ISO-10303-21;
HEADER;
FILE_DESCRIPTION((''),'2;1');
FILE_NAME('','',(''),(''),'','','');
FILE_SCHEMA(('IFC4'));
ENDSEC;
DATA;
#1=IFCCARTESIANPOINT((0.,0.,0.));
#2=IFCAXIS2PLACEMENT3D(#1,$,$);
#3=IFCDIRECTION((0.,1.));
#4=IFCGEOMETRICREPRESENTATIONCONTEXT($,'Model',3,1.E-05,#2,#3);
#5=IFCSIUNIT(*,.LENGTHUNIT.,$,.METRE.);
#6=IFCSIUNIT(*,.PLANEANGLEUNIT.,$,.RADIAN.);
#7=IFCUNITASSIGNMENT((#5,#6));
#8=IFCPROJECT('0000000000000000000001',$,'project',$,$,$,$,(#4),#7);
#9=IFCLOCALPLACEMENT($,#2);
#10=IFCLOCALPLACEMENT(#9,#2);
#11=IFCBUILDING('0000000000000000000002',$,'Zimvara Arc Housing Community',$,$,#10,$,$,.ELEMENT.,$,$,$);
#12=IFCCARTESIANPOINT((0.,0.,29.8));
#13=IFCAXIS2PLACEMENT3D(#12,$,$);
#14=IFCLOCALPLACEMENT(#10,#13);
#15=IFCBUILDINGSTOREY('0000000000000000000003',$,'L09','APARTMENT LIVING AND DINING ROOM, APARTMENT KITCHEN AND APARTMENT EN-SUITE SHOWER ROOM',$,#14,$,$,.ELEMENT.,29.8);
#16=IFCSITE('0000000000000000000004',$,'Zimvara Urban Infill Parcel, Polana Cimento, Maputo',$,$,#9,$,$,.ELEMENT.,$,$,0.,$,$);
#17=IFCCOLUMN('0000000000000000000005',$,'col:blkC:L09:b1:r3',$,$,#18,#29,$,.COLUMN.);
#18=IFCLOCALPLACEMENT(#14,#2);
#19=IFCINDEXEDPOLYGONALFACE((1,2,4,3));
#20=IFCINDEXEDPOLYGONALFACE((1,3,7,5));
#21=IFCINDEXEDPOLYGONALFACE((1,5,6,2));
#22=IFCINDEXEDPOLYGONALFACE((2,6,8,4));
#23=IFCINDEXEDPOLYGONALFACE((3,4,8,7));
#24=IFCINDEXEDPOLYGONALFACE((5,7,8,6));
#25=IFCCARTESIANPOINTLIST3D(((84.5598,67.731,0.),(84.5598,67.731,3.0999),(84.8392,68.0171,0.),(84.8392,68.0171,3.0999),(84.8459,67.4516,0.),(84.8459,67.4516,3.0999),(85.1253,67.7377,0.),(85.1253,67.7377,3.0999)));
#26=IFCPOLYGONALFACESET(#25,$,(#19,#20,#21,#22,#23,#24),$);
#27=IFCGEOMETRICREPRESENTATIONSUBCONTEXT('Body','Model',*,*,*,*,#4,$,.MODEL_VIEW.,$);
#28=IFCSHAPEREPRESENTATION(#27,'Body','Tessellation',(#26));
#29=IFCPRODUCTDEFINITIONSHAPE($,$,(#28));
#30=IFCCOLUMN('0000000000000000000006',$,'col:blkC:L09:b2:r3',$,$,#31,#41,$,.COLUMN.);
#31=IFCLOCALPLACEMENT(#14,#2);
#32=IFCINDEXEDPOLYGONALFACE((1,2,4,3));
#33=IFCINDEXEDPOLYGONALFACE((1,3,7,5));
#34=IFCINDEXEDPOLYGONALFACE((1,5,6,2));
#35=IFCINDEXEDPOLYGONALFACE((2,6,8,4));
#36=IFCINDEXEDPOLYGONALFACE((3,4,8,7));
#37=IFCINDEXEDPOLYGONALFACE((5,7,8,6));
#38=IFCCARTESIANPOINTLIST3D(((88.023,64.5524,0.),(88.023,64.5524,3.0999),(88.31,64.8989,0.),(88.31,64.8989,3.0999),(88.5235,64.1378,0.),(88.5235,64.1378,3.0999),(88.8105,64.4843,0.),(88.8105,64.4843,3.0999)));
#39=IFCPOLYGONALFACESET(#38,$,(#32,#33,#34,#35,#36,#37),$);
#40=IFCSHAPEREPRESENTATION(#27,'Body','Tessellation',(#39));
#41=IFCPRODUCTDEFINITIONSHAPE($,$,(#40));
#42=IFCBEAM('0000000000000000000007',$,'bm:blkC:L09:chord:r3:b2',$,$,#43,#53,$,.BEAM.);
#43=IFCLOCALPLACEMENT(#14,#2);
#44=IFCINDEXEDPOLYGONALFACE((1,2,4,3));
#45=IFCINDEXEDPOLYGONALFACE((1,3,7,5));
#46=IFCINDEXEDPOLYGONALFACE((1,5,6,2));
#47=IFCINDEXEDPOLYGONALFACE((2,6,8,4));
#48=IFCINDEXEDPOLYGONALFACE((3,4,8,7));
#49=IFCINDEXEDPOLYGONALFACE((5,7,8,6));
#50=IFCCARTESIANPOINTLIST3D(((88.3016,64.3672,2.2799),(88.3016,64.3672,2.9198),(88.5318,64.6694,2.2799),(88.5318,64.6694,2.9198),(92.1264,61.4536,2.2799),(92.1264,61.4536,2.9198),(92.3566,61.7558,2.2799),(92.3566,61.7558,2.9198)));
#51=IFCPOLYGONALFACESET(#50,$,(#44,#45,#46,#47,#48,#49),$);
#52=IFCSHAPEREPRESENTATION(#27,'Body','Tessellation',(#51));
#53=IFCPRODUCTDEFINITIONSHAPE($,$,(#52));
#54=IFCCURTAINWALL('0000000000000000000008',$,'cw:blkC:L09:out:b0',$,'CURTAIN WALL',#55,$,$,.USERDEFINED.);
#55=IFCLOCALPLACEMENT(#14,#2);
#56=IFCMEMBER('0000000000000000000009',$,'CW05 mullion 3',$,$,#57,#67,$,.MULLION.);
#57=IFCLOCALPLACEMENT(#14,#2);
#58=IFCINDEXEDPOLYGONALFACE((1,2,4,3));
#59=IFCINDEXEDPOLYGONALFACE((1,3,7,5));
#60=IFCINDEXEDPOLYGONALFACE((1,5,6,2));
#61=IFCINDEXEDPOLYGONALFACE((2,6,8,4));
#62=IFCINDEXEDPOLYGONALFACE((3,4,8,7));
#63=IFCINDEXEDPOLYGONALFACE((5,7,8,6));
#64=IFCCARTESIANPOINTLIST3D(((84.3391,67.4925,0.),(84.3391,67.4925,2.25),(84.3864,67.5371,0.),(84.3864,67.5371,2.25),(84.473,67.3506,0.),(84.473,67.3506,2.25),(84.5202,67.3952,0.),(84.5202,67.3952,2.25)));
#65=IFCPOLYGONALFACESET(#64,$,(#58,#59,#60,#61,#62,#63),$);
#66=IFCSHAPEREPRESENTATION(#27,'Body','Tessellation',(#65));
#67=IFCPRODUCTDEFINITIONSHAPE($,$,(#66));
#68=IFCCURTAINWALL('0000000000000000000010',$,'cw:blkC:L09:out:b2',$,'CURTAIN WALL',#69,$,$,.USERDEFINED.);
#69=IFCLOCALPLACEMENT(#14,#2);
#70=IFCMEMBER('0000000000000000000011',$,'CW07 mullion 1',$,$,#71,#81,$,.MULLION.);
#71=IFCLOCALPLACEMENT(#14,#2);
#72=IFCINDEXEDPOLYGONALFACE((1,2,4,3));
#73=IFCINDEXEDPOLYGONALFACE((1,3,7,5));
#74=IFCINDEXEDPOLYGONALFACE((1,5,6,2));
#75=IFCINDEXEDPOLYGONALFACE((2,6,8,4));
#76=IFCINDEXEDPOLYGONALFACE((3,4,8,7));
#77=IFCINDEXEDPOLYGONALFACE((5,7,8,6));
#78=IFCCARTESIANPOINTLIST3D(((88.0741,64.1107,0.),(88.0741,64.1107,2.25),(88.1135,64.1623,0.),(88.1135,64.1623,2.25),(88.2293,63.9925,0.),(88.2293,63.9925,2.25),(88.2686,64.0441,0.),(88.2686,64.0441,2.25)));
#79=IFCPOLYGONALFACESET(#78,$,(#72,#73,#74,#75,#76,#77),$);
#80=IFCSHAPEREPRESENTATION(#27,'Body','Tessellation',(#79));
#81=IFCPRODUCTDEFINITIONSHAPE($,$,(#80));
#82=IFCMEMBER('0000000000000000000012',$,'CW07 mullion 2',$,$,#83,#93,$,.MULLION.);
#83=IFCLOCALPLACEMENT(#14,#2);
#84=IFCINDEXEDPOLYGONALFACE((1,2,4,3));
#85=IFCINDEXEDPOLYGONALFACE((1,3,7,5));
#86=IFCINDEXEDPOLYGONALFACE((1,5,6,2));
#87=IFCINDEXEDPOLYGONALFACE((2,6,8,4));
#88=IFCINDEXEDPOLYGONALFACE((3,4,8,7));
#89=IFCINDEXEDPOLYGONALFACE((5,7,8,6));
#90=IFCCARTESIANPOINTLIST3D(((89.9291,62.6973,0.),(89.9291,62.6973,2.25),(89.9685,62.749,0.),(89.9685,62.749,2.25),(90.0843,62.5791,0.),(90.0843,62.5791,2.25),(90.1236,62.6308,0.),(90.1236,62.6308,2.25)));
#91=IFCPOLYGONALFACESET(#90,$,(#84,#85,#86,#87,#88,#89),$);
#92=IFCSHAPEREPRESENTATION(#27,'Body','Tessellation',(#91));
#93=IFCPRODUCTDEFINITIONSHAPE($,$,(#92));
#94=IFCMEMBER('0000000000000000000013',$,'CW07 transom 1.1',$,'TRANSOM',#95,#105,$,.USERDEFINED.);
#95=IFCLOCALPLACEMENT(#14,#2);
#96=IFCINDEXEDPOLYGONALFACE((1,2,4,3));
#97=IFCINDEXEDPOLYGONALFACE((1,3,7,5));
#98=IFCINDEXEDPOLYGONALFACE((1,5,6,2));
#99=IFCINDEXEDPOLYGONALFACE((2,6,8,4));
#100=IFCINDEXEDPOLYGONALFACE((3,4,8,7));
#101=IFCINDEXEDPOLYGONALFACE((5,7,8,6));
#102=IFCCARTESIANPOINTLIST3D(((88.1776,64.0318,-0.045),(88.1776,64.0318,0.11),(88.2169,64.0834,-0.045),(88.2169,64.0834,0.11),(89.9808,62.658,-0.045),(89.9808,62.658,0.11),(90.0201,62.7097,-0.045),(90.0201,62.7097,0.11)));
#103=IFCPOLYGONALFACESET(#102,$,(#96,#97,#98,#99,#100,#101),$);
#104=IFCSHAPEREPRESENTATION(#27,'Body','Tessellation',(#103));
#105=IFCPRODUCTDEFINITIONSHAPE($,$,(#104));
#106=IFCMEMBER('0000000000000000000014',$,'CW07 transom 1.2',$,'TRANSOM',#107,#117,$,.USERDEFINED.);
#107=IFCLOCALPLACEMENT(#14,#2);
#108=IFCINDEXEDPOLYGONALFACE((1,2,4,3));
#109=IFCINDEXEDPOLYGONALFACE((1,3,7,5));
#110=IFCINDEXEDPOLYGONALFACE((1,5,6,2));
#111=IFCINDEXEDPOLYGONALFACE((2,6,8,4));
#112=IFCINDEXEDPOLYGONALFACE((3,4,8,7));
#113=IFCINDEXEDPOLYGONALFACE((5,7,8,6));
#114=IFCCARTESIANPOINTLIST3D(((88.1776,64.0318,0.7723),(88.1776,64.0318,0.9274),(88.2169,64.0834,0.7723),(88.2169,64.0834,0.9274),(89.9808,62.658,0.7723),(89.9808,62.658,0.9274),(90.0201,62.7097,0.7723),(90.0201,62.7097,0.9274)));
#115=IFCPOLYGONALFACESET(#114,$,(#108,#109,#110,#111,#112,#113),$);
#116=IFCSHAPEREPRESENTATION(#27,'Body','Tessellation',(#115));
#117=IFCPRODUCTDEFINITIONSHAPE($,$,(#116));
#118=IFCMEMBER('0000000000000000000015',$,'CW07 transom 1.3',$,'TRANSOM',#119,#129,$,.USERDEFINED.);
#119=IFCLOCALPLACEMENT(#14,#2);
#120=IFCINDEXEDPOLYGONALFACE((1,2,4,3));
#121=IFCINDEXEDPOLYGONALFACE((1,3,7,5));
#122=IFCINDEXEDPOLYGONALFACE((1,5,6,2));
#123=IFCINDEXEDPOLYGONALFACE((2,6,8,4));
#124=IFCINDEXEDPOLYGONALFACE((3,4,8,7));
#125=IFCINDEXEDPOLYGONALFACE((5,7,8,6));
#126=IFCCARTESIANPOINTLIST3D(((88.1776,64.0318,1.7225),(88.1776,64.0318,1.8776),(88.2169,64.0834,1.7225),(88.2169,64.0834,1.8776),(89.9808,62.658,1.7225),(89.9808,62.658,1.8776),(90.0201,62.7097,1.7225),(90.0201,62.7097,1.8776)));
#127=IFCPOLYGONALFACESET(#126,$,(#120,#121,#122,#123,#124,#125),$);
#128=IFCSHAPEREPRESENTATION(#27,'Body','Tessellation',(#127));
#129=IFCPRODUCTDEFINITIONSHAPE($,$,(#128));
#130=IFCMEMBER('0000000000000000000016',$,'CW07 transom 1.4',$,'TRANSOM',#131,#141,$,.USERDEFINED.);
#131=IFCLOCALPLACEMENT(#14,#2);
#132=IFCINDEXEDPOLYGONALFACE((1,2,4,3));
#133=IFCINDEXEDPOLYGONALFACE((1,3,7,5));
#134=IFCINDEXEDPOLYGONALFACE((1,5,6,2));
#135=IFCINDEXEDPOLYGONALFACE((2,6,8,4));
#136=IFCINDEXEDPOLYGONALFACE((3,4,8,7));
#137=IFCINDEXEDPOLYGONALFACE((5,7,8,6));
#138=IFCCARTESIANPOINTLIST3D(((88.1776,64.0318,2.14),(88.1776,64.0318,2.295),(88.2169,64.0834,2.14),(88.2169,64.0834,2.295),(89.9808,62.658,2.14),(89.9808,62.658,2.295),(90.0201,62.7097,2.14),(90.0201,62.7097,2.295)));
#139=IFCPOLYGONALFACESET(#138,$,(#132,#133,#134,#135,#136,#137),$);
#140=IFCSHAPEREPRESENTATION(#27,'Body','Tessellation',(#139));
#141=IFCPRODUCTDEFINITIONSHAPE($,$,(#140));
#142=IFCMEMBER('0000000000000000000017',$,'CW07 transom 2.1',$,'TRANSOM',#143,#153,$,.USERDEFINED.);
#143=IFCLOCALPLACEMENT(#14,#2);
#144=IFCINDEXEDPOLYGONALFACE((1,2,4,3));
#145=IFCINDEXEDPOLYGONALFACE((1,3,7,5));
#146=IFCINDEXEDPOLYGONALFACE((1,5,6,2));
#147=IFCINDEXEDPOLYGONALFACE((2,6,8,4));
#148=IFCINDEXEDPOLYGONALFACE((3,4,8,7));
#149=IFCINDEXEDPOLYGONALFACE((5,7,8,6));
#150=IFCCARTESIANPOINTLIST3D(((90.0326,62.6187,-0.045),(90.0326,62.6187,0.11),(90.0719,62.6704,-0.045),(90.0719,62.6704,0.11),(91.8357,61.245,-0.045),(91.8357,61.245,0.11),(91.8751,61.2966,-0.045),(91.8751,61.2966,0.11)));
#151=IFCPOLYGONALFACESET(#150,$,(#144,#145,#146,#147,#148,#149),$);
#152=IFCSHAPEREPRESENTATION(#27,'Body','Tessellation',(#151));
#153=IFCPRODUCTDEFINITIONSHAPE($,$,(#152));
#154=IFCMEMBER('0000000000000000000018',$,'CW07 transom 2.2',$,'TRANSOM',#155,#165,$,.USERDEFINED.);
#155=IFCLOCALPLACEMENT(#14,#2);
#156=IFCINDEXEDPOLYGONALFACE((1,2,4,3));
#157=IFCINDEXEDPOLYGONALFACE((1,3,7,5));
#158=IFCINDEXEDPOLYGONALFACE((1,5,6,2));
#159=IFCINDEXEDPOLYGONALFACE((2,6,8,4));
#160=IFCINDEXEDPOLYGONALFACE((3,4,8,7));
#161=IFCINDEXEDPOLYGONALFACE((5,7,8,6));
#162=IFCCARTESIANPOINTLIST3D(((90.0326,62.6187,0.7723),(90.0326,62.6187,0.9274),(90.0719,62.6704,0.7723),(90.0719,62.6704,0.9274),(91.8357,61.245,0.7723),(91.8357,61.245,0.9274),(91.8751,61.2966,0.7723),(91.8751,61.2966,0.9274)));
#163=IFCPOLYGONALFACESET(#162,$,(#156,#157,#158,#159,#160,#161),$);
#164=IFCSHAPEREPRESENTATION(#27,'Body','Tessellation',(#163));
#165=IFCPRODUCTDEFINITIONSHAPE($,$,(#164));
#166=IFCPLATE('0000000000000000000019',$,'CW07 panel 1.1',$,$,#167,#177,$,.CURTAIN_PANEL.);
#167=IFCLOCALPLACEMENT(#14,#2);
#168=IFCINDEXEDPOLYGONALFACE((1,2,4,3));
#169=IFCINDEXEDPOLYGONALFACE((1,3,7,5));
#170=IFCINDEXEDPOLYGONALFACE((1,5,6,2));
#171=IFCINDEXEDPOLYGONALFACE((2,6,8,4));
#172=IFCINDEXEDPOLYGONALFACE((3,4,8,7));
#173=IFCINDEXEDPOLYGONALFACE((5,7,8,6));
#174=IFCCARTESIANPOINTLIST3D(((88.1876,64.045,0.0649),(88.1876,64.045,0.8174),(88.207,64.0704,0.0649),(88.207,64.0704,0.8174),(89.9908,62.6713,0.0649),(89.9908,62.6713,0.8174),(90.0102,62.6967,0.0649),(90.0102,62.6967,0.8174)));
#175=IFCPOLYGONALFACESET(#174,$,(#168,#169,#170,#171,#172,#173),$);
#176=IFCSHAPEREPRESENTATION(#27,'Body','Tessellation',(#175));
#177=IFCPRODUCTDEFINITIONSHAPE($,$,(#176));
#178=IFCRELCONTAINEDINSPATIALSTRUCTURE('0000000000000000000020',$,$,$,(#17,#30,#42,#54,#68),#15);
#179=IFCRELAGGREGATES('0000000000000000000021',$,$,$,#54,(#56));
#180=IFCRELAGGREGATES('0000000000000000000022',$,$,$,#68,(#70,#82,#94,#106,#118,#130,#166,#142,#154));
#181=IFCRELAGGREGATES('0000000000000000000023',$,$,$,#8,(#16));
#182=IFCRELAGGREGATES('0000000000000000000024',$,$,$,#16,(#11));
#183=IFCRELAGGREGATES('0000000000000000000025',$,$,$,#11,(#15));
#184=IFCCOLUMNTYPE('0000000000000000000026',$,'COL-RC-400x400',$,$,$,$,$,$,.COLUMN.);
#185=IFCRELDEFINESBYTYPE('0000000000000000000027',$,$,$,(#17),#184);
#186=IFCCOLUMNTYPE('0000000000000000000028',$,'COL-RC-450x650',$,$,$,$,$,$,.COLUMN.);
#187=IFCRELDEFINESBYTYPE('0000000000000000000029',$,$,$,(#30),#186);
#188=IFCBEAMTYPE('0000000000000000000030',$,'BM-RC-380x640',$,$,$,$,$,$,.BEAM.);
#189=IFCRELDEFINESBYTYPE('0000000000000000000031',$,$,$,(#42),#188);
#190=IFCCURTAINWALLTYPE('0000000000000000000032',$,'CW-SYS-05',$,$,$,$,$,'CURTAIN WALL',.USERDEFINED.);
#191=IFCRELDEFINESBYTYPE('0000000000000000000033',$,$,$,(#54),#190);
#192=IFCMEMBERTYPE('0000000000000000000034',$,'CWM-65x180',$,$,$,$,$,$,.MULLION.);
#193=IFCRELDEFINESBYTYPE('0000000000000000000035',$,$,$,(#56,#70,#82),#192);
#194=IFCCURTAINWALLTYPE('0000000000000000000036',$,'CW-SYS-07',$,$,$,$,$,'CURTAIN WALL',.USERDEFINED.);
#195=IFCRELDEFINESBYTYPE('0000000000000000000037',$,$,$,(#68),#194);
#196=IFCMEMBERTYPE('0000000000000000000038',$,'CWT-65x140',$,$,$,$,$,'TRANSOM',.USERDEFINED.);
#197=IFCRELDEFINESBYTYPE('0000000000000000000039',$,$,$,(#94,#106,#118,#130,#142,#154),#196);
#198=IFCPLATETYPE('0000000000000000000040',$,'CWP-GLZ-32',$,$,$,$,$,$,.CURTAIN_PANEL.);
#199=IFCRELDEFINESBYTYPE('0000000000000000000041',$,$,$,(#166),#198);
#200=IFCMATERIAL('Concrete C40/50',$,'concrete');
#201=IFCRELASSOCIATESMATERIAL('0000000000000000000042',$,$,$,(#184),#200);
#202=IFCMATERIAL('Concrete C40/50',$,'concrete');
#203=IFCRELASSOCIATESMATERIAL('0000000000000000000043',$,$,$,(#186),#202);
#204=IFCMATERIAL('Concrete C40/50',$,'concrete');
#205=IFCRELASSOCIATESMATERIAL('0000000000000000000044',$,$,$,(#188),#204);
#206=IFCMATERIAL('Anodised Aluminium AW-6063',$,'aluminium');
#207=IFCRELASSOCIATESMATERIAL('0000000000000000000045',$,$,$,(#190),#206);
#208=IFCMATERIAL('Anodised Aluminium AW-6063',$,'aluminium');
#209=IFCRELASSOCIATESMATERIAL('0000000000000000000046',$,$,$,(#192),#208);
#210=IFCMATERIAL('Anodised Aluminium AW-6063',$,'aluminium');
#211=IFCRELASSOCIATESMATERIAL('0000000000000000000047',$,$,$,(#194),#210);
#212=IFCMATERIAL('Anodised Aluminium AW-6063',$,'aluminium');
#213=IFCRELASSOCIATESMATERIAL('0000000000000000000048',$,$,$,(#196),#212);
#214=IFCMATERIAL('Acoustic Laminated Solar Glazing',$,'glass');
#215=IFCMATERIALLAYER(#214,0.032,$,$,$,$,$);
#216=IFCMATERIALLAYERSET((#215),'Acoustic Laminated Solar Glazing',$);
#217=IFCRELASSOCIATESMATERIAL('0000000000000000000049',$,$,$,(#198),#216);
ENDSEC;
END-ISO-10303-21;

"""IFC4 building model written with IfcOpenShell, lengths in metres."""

from ifc_helpers import new_model, si_unit, direction, frame, origin, origin_2d, place, context, subcontext, project, spatial, rectangle, extrude, material, layer, layer_set, material_profile, profile_set, type_object, element, aggregate, save


model = new_model("IFC4")

# Units and contexts
model_context = context("Model", 3, precision=1e-05, world=origin(), true_north=direction((0.0, 1.0)))
body_context = subcontext(model_context, "Body", "Model", "MODEL_VIEW")
ifc_project = project(units=[si_unit("LENGTHUNIT", "METRE"), si_unit("PLANEANGLEUNIT", "RADIAN")], contexts=[model_context])

# Site, building, storey
site_placement = place(None, origin())
site = spatial("IfcSite", under=ifc_project, at=site_placement, Name="Zimvara Urban Infill Parcel, Polana Cimento, Maputo", CompositionType="ELEMENT", RefElevation=0.0)
building_placement = place(site_placement, origin())
building = spatial("IfcBuilding", under=site, at=building_placement, Name="Zimvara Arc Housing Community", CompositionType="ELEMENT")
storey_placement = place(building_placement, frame((0.0, 0.0, 29.8)))
storey = spatial("IfcBuildingStorey", under=building, at=storey_placement, Name="L09", Description="APARTMENT LIVING AND DINING ROOM, APARTMENT KITCHEN AND APARTMENT EN-SUITE SHOWER ROOM", CompositionType="ELEMENT", Elevation=29.8)

# Columns
ifc_material_1 = material(Name="Concrete C40/50", Category="concrete")
ifc_material_profile_1 = material_profile(ifc_material_1, rectangle(XDim=0.3999, YDim=0.3999, at=origin_2d()), Name="RC 400x400")
ifc_profile_set_1 = profile_set([ifc_material_profile_1], Name="Concrete C40/50")
column_type_1 = type_object("IfcColumnType", Name="COL-RC-400x400", PredefinedType="COLUMN", material=ifc_profile_set_1)
column_1_placement = place(storey_placement, frame((84.8425, 67.7344, 0.0), z_axis=(0.0, 0.0, 1.0), x_axis=(-0.698665, -0.715449, 0.0)))
element("IfcColumn", 1, at=column_1_placement, inside=storey, type_object=column_type_1, Name="col:blkC:L09:b1:r3", PredefinedType="COLUMN", context=body_context, shape_type="SweptSolid", body=[
    extrude(rectangle(XDim=0.3999, YDim=0.3999, at=origin_2d()), origin(), (0.0, 0.0, 1.0), 3.0999),
])
ifc_material_2 = material(Name="Concrete C40/50", Category="concrete")
ifc_material_profile_2 = material_profile(ifc_material_2, rectangle(XDim=0.45, YDim=0.6499, at=origin_2d()), Name="RC 450x650")
ifc_profile_set_2 = profile_set([ifc_material_profile_2], Name="Concrete C40/50")
column_type_2 = type_object("IfcColumnType", Name="COL-RC-450x650", PredefinedType="COLUMN", material=ifc_profile_set_2)
column_2_placement = place(storey_placement, frame((88.4167, 64.5183, 0.0), z_axis=(0.0, 0.0, 1.0), x_axis=(-0.637962, -0.770068, 0.0)))
element("IfcColumn", 2, at=column_2_placement, inside=storey, type_object=column_type_2, Name="col:blkC:L09:b2:r3", PredefinedType="COLUMN", context=body_context, shape_type="SweptSolid", body=[
    extrude(rectangle(XDim=0.45, YDim=0.6499, at=origin_2d()), origin(), (0.0, 0.0, 1.0), 3.0999),
])

# Beam
ifc_material_3 = material(Name="Concrete C40/50", Category="concrete")
ifc_material_profile_3 = material_profile(ifc_material_3, rectangle(XDim=0.3799, YDim=0.6399, at=origin_2d()), Name="RC 380x640")
ifc_profile_set_3 = profile_set([ifc_material_profile_3], Name="Concrete C40/50")
beam_type = type_object("IfcBeamType", Name="BM-RC-380x640", PredefinedType="BEAM", material=ifc_profile_set_3)
beam_placement = place(storey_placement, frame((88.4167, 64.5183, 2.5999), z_axis=(0.795481, -0.605979, 0.0), x_axis=(0.605979, 0.795481, 0.0)))
element("IfcBeam", 3, at=beam_placement, inside=storey, type_object=beam_type, Name="bm:blkC:L09:chord:r3:b2", PredefinedType="BEAM", context=body_context, shape_type="SweptSolid", body=[
    extrude(rectangle(XDim=0.3799, YDim=0.6399, at=origin_2d()), origin(), (0.0, 0.0, 1.0), 4.8081),
])

# Curtain wall, member
ifc_material_4 = material(Name="Anodised Aluminium AW-6063", Category="aluminium")
curtain_wall_type_1 = type_object("IfcCurtainWallType", Name="CW-SYS-05", ElementType="CURTAIN WALL", PredefinedType="USERDEFINED", material=ifc_material_4)
curtain_wall_1_placement = place(storey_placement, origin())
curtain_wall_1 = element("IfcCurtainWall", 4, at=curtain_wall_1_placement, inside=storey, type_object=curtain_wall_type_1, Name="cw:blkC:L09:out:b0", ObjectType="CURTAIN WALL", PredefinedType="USERDEFINED")
ifc_material_5 = material(Name="Anodised Aluminium AW-6063", Category="aluminium")
ifc_material_profile_4 = material_profile(ifc_material_5, rectangle(XDim=0.0649, YDim=0.1951, at=origin_2d()), Name="ALU 65x195")
ifc_profile_set_4 = profile_set([ifc_material_profile_4], Name="Anodised Aluminium AW-6063")
member_type_1 = type_object("IfcMemberType", Name="CWM-65x180", PredefinedType="MULLION", material=ifc_profile_set_4)
member_1_placement = place(storey_placement, frame((84.4297, 67.4438, 0.0), z_axis=(0.0, 0.0, 1.0), x_axis=(0.727294, 0.686326, 0.0)))
member_1 = element("IfcMember", 5, at=member_1_placement, type_object=member_type_1, Name="CW05 mullion 3", PredefinedType="MULLION", context=body_context, shape_type="SweptSolid", body=[
    extrude(rectangle(XDim=0.0649, YDim=0.1951, at=origin_2d()), origin(), (0.0, 0.0, 1.0), 2.25),
])
aggregate(curtain_wall_1, [member_1])

# Curtain wall, members, plate
ifc_material_6 = material(Name="Anodised Aluminium AW-6063", Category="aluminium")
curtain_wall_type_2 = type_object("IfcCurtainWallType", Name="CW-SYS-07", ElementType="CURTAIN WALL", PredefinedType="USERDEFINED", material=ifc_material_6)
curtain_wall_2_placement = place(storey_placement, origin())
curtain_wall_2 = element("IfcCurtainWall", 6, at=curtain_wall_2_placement, inside=storey, type_object=curtain_wall_type_2, Name="cw:blkC:L09:out:b2", ObjectType="CURTAIN WALL", PredefinedType="USERDEFINED")
member_2_placement = place(storey_placement, frame((88.1714, 64.0774, 0.0), z_axis=(0.0, 0.0, 1.0), x_axis=(0.605988, 0.795474, 0.0)))
member_2 = element("IfcMember", 7, at=member_2_placement, type_object=member_type_1, Name="CW07 mullion 1", PredefinedType="MULLION", context=body_context, shape_type="SweptSolid", body=[
    extrude(rectangle(XDim=0.0649, YDim=0.1951, at=origin_2d()), origin(), (0.0, 0.0, 1.0), 2.25),
])
member_3_placement = place(storey_placement, frame((90.0264, 62.6641, 0.0), z_axis=(0.0, 0.0, 1.0), x_axis=(0.605988, 0.795474, 0.0)))
member_3 = element("IfcMember", 8, at=member_3_placement, type_object=member_type_1, Name="CW07 mullion 2", PredefinedType="MULLION", context=body_context, shape_type="SweptSolid", body=[
    extrude(rectangle(XDim=0.0649, YDim=0.1951, at=origin_2d()), origin(), (0.0, 0.0, 1.0), 2.25),
])
ifc_material_7 = material(Name="Anodised Aluminium AW-6063", Category="aluminium")
ifc_material_profile_5 = material_profile(ifc_material_7, rectangle(XDim=0.0649, YDim=0.155, at=origin_2d()), Name="ALU 65x155")
ifc_profile_set_5 = profile_set([ifc_material_profile_5], Name="Anodised Aluminium AW-6063")
member_type_2 = type_object("IfcMemberType", Name="CWT-65x140", ElementType="TRANSOM", PredefinedType="USERDEFINED", material=ifc_profile_set_5)
member_4_placement = place(storey_placement, frame((88.1973, 64.0576, 0.0325), z_axis=(0.795454, -0.606014, 0.0), x_axis=(0.606014, 0.795454, 0.0)))
member_4 = element("IfcMember", 9, at=member_4_placement, type_object=member_type_2, Name="CW07 transom 1.1", ObjectType="TRANSOM", PredefinedType="USERDEFINED", context=body_context, shape_type="SweptSolid", body=[
    extrude(rectangle(XDim=0.0649, YDim=0.155, at=origin_2d()), origin(), (0.0, 0.0, 1.0), 2.2668),
])
member_5_placement = place(storey_placement, frame((88.1973, 64.0576, 0.8499), z_axis=(0.795454, -0.606014, 0.0), x_axis=(0.606014, 0.795454, 0.0)))
member_5 = element("IfcMember", 10, at=member_5_placement, type_object=member_type_2, Name="CW07 transom 1.2", ObjectType="TRANSOM", PredefinedType="USERDEFINED", context=body_context, shape_type="SweptSolid", body=[
    extrude(rectangle(XDim=0.0649, YDim=0.155, at=origin_2d()), origin(), (0.0, 0.0, 1.0), 2.2668),
])
member_6_placement = place(storey_placement, frame((88.1973, 64.0576, 1.8), z_axis=(0.795454, -0.606014, 0.0), x_axis=(0.606014, 0.795454, 0.0)))
member_6 = element("IfcMember", 11, at=member_6_placement, type_object=member_type_2, Name="CW07 transom 1.3", ObjectType="TRANSOM", PredefinedType="USERDEFINED", context=body_context, shape_type="SweptSolid", body=[
    extrude(rectangle(XDim=0.0649, YDim=0.155, at=origin_2d()), origin(), (0.0, 0.0, 1.0), 2.2668),
])
member_7_placement = place(storey_placement, frame((88.1973, 64.0576, 2.2175), z_axis=(0.795454, -0.606014, 0.0), x_axis=(0.606014, 0.795454, 0.0)))
member_7 = element("IfcMember", 12, at=member_7_placement, type_object=member_type_2, Name="CW07 transom 1.4", ObjectType="TRANSOM", PredefinedType="USERDEFINED", context=body_context, shape_type="SweptSolid", body=[
    extrude(rectangle(XDim=0.0649, YDim=0.155, at=origin_2d()), origin(), (0.0, 0.0, 1.0), 2.2668),
])
member_8_placement = place(storey_placement, frame((90.0522, 62.6445, 0.0325), z_axis=(0.795454, -0.606014, 0.0), x_axis=(0.606014, 0.795454, 0.0)))
member_8 = element("IfcMember", 13, at=member_8_placement, type_object=member_type_2, Name="CW07 transom 2.1", ObjectType="TRANSOM", PredefinedType="USERDEFINED", context=body_context, shape_type="SweptSolid", body=[
    extrude(rectangle(XDim=0.0649, YDim=0.155, at=origin_2d()), origin(), (0.0, 0.0, 1.0), 2.2668),
])
member_9_placement = place(storey_placement, frame((90.0522, 62.6445, 0.8499), z_axis=(0.795454, -0.606014, 0.0), x_axis=(0.606014, 0.795454, 0.0)))
member_9 = element("IfcMember", 14, at=member_9_placement, type_object=member_type_2, Name="CW07 transom 2.2", ObjectType="TRANSOM", PredefinedType="USERDEFINED", context=body_context, shape_type="SweptSolid", body=[
    extrude(rectangle(XDim=0.0649, YDim=0.155, at=origin_2d()), origin(), (0.0, 0.0, 1.0), 2.2668),
])
ifc_material_8 = material(Name="Acoustic Laminated Solar Glazing", Category="glass")
ifc_layer_1 = layer(ifc_material_8, 0.032)
ifc_layer_set_1 = layer_set([ifc_layer_1], Name="Acoustic Laminated Solar Glazing")
plate_type = type_object("IfcPlateType", Name="CWP-GLZ-32", PredefinedType="CURTAIN_PANEL", material=ifc_layer_set_1)
plate_1_placement = place(storey_placement, frame((89.0989, 63.3708, 0.0649), z_axis=(0.0, 0.0, 1.0), x_axis=(0.795474, -0.605988, 0.0)))
plate_1 = element("IfcPlate", 15, at=plate_1_placement, type_object=plate_type, Name="CW07 panel 1.1", PredefinedType="CURTAIN_PANEL", context=body_context, shape_type="SweptSolid", body=[
    extrude(rectangle(XDim=2.2668, YDim=0.032, at=origin_2d()), origin(), (0.0, 0.0, 1.0), 0.7524),
])
aggregate(curtain_wall_2, [member_2, member_3, member_4, member_5, member_6, member_7, plate_1, member_8, member_9])

save(model, "model.ifc")
